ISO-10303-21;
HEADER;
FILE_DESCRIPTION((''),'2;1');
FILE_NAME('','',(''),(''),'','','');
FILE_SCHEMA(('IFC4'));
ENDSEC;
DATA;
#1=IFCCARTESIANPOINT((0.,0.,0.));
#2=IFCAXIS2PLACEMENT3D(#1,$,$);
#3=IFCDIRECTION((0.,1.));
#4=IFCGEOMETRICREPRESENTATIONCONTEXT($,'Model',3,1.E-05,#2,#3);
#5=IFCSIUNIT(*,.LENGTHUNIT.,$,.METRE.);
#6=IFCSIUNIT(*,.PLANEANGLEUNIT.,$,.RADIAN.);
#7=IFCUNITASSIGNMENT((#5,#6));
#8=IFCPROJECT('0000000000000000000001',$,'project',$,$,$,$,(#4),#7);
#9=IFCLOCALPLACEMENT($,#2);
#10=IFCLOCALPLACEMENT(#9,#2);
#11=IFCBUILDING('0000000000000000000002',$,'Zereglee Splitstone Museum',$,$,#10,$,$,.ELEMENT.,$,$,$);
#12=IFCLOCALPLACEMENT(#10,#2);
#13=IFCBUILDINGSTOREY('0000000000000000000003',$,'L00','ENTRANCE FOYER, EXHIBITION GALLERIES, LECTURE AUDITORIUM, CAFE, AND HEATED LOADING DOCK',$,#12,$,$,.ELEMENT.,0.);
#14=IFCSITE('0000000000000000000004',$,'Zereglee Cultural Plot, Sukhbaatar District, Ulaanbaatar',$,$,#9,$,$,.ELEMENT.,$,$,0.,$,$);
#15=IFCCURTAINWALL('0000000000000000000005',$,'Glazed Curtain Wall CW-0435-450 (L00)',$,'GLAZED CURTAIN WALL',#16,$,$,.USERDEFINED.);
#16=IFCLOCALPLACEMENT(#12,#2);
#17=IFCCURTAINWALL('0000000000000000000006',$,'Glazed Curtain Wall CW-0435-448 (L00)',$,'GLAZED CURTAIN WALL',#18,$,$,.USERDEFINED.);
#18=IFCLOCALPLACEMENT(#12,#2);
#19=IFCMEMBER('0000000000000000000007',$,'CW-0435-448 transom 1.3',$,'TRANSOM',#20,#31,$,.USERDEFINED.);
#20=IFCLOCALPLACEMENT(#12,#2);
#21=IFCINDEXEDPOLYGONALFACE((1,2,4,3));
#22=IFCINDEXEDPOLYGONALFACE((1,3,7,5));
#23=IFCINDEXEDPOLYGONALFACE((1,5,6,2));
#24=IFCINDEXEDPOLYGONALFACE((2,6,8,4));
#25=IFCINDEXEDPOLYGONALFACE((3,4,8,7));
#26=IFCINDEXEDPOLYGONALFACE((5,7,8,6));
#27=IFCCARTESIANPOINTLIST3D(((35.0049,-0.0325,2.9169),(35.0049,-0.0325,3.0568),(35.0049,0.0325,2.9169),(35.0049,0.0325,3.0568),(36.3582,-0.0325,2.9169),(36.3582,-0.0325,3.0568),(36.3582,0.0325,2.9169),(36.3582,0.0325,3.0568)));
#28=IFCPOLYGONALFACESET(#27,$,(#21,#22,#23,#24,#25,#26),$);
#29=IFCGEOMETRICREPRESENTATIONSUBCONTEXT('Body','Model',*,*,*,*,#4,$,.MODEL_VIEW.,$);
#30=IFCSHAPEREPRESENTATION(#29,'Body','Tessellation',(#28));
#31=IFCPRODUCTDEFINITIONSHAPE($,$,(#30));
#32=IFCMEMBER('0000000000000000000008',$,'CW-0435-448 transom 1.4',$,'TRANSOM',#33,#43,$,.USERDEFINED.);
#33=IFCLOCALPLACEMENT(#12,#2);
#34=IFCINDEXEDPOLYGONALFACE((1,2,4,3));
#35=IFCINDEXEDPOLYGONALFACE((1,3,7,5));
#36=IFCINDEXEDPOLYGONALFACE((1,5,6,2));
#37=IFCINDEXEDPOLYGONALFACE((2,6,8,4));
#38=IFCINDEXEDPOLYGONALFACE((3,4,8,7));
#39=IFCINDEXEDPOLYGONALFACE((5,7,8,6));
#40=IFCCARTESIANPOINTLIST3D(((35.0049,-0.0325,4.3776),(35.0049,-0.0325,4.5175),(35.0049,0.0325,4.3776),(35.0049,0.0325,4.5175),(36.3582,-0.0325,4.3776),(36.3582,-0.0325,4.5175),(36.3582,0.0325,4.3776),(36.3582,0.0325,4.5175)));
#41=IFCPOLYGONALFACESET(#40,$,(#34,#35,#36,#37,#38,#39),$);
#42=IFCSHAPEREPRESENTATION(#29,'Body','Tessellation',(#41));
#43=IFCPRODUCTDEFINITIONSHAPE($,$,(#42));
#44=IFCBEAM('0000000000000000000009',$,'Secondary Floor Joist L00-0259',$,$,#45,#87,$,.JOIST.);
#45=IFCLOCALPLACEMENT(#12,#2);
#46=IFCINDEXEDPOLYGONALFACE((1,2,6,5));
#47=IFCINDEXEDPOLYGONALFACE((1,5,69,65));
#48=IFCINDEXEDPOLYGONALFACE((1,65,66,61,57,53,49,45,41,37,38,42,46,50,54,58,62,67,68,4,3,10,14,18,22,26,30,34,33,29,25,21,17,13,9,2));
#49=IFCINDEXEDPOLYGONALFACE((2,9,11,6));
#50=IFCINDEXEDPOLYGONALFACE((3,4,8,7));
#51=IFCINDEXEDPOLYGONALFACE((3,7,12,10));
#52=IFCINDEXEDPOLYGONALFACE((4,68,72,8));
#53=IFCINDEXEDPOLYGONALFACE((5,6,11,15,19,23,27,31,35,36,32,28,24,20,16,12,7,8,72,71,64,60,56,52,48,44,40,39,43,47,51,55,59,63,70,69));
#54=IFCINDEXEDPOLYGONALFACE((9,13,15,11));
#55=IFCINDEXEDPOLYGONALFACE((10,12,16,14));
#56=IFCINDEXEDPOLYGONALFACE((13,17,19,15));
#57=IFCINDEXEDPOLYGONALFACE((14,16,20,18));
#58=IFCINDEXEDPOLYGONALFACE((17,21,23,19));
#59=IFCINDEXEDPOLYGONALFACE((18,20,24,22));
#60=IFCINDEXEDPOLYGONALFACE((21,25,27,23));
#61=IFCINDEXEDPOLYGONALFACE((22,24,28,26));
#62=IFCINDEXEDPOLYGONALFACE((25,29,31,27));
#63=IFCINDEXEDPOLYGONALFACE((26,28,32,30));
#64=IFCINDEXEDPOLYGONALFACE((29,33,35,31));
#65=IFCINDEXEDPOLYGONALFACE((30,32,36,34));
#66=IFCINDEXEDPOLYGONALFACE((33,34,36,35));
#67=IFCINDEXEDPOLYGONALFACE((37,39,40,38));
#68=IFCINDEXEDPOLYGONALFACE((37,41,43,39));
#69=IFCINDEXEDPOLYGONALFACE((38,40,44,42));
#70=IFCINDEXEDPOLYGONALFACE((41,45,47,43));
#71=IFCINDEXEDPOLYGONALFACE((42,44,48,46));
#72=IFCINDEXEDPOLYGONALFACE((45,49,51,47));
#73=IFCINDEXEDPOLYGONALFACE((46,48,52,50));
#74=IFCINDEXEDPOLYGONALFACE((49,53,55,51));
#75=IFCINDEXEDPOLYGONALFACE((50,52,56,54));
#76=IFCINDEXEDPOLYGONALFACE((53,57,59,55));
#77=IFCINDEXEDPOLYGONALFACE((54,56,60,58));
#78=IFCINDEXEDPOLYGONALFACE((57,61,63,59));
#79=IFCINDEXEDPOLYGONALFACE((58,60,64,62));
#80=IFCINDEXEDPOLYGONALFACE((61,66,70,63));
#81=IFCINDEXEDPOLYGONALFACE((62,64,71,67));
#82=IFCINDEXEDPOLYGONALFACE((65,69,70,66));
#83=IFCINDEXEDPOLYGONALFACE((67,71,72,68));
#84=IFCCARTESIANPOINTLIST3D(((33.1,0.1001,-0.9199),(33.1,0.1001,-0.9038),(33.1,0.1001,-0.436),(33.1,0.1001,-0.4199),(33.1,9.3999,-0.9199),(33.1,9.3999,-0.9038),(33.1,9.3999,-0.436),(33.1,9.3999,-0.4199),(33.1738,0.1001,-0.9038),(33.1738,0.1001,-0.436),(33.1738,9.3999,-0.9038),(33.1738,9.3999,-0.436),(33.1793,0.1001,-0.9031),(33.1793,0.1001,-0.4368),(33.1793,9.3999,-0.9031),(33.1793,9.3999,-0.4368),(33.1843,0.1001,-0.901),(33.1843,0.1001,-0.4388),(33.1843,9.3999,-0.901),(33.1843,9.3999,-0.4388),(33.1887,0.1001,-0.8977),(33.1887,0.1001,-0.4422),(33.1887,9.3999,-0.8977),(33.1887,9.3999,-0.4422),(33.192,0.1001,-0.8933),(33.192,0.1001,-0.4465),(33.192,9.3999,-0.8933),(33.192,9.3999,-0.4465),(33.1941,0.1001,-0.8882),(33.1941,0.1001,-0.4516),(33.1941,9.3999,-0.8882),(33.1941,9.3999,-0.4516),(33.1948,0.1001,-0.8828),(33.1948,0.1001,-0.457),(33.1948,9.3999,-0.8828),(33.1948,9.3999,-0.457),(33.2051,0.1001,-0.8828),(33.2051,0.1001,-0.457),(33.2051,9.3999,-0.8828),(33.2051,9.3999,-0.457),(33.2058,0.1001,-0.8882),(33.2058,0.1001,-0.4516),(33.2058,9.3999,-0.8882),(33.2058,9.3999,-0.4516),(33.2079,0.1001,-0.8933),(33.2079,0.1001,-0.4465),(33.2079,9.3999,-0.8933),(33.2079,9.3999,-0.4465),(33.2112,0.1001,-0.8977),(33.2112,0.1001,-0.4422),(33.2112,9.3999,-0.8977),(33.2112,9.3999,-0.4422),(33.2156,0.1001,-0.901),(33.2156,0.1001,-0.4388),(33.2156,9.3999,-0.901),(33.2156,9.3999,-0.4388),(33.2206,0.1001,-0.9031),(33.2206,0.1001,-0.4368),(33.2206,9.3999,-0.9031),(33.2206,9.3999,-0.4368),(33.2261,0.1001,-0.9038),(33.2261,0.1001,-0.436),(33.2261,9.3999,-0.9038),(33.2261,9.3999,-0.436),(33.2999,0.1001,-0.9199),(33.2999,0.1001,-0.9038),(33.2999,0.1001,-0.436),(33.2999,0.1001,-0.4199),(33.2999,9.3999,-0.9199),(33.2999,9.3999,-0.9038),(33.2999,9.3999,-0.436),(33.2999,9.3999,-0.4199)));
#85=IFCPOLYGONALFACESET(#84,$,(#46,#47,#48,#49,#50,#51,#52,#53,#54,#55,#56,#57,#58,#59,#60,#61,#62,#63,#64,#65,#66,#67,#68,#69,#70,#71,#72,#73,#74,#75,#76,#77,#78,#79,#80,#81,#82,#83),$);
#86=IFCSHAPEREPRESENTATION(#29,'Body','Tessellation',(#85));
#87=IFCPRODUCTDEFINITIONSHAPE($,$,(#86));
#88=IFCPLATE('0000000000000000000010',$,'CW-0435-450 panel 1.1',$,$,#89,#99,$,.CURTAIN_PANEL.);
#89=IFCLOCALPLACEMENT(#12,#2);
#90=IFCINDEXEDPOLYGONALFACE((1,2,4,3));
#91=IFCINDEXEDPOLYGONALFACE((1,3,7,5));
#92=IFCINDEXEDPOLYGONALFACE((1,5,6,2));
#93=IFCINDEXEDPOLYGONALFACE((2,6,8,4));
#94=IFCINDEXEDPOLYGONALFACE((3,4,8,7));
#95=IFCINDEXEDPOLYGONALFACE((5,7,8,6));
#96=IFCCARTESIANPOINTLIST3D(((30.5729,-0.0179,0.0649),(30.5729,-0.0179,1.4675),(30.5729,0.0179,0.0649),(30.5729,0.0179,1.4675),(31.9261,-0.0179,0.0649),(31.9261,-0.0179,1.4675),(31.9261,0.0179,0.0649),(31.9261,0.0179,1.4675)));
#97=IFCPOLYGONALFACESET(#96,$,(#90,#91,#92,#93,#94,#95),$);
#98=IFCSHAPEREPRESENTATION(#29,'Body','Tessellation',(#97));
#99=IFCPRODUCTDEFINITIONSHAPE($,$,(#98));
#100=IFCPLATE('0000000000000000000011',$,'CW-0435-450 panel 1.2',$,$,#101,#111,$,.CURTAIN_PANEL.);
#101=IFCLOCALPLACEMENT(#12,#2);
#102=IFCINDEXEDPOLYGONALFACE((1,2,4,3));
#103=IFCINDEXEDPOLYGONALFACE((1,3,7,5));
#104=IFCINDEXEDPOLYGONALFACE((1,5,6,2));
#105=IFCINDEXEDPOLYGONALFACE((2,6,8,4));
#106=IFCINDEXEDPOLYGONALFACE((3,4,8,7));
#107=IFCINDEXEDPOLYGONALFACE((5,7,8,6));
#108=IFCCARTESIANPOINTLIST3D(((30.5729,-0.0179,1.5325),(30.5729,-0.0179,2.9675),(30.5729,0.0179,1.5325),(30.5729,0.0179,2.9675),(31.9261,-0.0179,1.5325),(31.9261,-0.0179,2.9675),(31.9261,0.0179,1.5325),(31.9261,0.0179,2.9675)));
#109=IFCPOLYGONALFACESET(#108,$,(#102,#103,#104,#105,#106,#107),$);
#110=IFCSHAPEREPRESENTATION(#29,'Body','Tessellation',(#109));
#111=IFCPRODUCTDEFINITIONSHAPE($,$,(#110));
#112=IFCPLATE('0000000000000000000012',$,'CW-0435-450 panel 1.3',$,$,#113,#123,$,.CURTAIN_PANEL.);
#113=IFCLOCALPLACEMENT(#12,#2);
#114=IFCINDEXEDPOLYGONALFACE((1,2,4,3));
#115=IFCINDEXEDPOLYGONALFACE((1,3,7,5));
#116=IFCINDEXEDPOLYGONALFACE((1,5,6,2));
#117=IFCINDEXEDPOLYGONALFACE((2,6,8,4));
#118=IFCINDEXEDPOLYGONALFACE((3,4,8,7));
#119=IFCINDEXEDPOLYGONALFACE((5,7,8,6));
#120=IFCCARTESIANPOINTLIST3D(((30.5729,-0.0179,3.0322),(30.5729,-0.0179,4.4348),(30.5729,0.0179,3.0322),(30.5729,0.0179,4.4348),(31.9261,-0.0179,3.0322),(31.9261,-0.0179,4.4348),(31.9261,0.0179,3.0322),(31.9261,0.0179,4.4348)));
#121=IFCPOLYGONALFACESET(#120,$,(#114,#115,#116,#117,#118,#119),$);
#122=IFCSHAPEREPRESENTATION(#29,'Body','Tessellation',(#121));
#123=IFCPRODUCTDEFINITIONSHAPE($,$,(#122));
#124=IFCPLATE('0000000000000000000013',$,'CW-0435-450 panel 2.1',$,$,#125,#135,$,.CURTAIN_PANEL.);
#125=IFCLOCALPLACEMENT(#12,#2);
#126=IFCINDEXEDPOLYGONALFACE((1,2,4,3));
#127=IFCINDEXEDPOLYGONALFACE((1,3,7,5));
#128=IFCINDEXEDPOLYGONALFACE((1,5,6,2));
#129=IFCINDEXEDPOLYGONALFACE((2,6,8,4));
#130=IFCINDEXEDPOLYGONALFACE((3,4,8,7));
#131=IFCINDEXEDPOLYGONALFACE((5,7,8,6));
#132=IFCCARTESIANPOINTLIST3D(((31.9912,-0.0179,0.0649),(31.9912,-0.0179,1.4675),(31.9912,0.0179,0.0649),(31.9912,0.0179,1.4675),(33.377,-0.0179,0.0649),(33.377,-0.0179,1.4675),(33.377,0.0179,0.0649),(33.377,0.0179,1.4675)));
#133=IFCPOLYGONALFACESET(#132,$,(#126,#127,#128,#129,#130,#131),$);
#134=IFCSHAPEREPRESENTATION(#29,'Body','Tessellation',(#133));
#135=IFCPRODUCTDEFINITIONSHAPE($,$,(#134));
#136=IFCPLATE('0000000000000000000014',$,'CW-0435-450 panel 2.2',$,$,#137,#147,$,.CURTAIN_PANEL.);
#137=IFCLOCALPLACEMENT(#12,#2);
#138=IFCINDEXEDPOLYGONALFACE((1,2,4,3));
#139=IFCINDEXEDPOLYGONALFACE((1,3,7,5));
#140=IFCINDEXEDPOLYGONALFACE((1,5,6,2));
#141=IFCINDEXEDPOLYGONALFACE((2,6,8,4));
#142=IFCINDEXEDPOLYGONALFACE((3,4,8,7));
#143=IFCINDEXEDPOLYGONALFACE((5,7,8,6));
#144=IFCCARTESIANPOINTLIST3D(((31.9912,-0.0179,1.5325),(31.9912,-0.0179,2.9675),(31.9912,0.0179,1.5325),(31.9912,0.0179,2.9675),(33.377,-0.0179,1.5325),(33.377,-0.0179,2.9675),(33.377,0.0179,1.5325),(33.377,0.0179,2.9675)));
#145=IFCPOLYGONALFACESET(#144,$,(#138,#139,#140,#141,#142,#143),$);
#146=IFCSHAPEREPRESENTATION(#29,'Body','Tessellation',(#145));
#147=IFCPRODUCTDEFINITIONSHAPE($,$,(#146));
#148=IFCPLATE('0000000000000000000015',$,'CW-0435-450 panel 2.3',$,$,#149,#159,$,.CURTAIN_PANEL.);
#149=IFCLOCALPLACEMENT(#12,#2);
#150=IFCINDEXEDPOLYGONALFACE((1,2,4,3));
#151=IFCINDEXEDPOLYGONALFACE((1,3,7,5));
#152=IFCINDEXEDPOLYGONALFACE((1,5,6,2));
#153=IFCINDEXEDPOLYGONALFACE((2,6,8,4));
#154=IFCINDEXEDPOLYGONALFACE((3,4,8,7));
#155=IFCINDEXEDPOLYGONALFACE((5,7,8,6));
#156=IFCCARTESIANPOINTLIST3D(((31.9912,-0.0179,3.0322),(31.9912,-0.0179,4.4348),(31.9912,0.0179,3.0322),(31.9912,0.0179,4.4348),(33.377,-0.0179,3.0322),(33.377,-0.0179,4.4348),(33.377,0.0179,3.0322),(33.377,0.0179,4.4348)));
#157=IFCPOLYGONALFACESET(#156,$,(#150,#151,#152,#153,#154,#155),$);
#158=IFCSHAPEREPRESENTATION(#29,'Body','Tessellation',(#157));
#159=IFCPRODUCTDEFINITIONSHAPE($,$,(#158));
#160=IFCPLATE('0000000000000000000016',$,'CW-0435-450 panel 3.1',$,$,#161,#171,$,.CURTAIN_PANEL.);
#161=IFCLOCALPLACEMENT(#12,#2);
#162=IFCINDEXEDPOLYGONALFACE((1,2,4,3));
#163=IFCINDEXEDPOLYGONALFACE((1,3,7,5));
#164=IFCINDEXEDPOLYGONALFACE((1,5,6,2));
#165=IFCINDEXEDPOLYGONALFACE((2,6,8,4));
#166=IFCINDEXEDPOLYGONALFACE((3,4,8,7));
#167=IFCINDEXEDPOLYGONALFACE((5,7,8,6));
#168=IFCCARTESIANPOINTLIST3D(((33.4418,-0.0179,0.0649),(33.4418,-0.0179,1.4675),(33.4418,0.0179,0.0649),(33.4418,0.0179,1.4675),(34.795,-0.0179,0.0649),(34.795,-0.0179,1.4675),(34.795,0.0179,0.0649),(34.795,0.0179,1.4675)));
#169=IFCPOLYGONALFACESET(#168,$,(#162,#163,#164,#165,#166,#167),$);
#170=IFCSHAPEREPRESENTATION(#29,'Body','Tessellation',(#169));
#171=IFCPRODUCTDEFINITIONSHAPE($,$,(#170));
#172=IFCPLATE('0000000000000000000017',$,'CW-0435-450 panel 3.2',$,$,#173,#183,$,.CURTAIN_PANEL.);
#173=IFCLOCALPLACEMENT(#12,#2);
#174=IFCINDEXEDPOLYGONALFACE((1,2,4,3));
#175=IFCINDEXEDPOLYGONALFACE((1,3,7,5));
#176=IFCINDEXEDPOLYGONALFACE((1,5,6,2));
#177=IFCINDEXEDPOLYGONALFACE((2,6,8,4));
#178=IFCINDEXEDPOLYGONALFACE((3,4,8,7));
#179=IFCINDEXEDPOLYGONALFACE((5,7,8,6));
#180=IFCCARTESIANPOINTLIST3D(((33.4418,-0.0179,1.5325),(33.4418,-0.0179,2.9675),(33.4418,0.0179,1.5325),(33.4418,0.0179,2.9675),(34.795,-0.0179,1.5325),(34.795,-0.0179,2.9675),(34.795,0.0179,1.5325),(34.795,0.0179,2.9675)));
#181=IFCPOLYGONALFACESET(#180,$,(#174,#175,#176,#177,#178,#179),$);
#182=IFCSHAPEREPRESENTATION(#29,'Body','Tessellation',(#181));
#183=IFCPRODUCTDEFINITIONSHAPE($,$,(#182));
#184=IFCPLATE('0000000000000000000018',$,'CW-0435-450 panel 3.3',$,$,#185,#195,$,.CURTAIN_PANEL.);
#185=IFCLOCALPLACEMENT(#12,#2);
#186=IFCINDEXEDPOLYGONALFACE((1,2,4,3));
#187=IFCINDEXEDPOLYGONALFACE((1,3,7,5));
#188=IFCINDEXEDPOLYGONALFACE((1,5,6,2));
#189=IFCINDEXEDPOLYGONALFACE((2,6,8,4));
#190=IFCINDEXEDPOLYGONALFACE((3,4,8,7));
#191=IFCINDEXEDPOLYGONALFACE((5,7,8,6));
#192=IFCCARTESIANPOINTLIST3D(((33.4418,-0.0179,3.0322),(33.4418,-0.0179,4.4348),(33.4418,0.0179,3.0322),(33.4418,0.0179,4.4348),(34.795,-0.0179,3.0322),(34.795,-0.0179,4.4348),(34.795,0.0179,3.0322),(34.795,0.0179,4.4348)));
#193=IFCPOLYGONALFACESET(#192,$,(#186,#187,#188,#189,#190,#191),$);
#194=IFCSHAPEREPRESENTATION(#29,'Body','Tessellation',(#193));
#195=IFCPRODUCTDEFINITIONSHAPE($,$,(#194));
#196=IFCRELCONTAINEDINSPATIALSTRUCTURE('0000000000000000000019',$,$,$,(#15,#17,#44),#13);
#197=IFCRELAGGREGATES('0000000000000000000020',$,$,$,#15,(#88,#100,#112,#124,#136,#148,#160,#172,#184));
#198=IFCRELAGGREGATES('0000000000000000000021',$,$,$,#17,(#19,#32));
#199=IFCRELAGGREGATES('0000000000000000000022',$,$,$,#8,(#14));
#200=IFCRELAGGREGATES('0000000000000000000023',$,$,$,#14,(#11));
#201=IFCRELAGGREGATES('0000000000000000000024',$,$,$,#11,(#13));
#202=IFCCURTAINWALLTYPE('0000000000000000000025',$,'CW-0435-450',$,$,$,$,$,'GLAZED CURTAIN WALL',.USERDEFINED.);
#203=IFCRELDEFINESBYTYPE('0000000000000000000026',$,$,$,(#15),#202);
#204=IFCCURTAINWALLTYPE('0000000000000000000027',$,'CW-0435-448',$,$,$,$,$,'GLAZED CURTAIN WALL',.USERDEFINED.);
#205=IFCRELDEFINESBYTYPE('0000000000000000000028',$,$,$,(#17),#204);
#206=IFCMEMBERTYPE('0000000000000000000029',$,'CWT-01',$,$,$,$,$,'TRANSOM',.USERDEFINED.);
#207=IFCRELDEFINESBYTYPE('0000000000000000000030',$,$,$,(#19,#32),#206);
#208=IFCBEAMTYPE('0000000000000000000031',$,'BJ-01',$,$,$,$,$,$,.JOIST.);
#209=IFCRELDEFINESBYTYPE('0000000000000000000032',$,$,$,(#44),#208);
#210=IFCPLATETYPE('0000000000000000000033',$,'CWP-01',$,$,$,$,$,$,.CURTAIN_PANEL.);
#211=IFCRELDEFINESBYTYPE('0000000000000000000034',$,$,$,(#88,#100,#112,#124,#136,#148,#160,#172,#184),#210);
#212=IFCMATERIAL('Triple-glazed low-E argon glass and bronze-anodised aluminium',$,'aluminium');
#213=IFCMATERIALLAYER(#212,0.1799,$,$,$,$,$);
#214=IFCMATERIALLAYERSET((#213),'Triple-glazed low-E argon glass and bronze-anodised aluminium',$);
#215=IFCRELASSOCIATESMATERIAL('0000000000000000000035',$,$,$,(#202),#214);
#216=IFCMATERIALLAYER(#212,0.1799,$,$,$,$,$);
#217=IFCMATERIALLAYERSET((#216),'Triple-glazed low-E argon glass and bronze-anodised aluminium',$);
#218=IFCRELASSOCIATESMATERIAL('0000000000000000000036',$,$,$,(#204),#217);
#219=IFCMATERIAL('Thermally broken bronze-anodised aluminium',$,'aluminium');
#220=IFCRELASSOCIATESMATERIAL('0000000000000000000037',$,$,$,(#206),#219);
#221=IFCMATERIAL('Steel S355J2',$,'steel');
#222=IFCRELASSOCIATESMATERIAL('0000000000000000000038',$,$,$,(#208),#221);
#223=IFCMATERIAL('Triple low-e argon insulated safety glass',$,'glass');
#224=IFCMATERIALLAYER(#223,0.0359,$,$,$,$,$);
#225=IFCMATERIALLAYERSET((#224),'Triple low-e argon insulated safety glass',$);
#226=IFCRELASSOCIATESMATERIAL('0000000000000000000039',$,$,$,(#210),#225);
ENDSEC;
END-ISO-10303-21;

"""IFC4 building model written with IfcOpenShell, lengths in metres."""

from ifc_helpers import new_model, si_unit, direction, frame, origin, origin_2d, place, context, subcontext, project, spatial, rectangle, i_section, extrude, material, layer, layer_set, material_profile, profile_set, type_object, element, aggregate, save


model = new_model("IFC4")

# Units and contexts
model_context = context("Model", 3, precision=1e-05, world=origin(), true_north=direction((0.0, 1.0)))
body_context = subcontext(model_context, "Body", "Model", "MODEL_VIEW")
ifc_project = project(units=[si_unit("LENGTHUNIT", "METRE"), si_unit("PLANEANGLEUNIT", "RADIAN")], contexts=[model_context])

# Site, building, storey
site_placement = place(None, origin())
site = spatial("IfcSite", under=ifc_project, at=site_placement, Name="Zereglee Cultural Plot, Sukhbaatar District, Ulaanbaatar", CompositionType="ELEMENT", RefElevation=0.0)
building_placement = place(site_placement, origin())
building = spatial("IfcBuilding", under=site, at=building_placement, Name="Zereglee Splitstone Museum", CompositionType="ELEMENT")
storey_placement = place(building_placement, origin())
storey = spatial("IfcBuildingStorey", under=building, at=storey_placement, Name="L00", Description="ENTRANCE FOYER, EXHIBITION GALLERIES, LECTURE AUDITORIUM, CAFE, AND HEATED LOADING DOCK", CompositionType="ELEMENT", Elevation=0.0)

# Curtain wall
ifc_material_1 = material(Name="Triple-glazed low-E argon glass and bronze-anodised aluminium", Category="aluminium")
ifc_layer_1 = layer(ifc_material_1, 0.1799)
ifc_layer_set_1 = layer_set([ifc_layer_1], Name="Triple-glazed low-E argon glass and bronze-anodised aluminium")
curtain_wall_type_1 = type_object("IfcCurtainWallType", Name="CW-0435-450", ElementType="GLAZED CURTAIN WALL", PredefinedType="USERDEFINED", material=ifc_layer_set_1)
curtain_wall_1_placement = place(storey_placement, origin())
curtain_wall_1 = element("IfcCurtainWall", 1, at=curtain_wall_1_placement, inside=storey, type_object=curtain_wall_type_1, Name="Glazed Curtain Wall CW-0435-450 (L00)", ObjectType="GLAZED CURTAIN WALL", PredefinedType="USERDEFINED")
ifc_material_2 = material(Name="Thermally broken bronze-anodised aluminium", Category="aluminium")

# Curtain wall
ifc_layer_2 = layer(ifc_material_1, 0.1799)
ifc_layer_set_2 = layer_set([ifc_layer_2], Name="Triple-glazed low-E argon glass and bronze-anodised aluminium")
curtain_wall_type_2 = type_object("IfcCurtainWallType", Name="CW-0435-448", ElementType="GLAZED CURTAIN WALL", PredefinedType="USERDEFINED", material=ifc_layer_set_2)
curtain_wall_2_placement = place(storey_placement, origin())
curtain_wall_2 = element("IfcCurtainWall", 2, at=curtain_wall_2_placement, inside=storey, type_object=curtain_wall_type_2, Name="Glazed Curtain Wall CW-0435-448 (L00)", ObjectType="GLAZED CURTAIN WALL", PredefinedType="USERDEFINED")

# Members
ifc_material_profile_1 = material_profile(ifc_material_2, rectangle(XDim=0.0649, YDim=0.1399, at=origin_2d()), Name="CW TRAN 65x140")
ifc_profile_set_1 = profile_set([ifc_material_profile_1], Name="Thermally broken bronze-anodised aluminium")
member_type_1 = type_object("IfcMemberType", Name="CWT-01", ElementType="TRANSOM", PredefinedType="USERDEFINED", material=ifc_profile_set_1)
member_1_placement = place(storey_placement, frame((35.0049, 0.0, 2.9868), z_axis=(1.0, 0.0, 0.0), x_axis=(0.0, 1.0, 0.0)))
member_1 = element("IfcMember", 3, at=member_1_placement, type_object=member_type_1, Name="CW-0435-448 transom 1.3", ObjectType="TRANSOM", PredefinedType="USERDEFINED", context=body_context, shape_type="SweptSolid", body=[
    extrude(rectangle(XDim=0.0649, YDim=0.1399, at=origin_2d()), origin(), (0.0, 0.0, 1.0), 1.3533),
])
member_2_placement = place(storey_placement, frame((35.0049, 0.0, 4.4475), z_axis=(1.0, 0.0, 0.0), x_axis=(0.0, 1.0, 0.0)))
member_2 = element("IfcMember", 4, at=member_2_placement, type_object=member_type_1, Name="CW-0435-448 transom 1.4", ObjectType="TRANSOM", PredefinedType="USERDEFINED", context=body_context, shape_type="SweptSolid", body=[
    extrude(rectangle(XDim=0.0649, YDim=0.1399, at=origin_2d()), origin(), (0.0, 0.0, 1.0), 1.3533),
])

# Beam
ifc_material_3 = material(Name="Steel S355J2", Category="steel")
ifc_material_profile_2 = material_profile(ifc_material_3, i_section(OverallWidth=0.2, OverallDepth=0.5, WebThickness=0.0103, FlangeThickness=0.0161, FilletRadius=0.021, at=origin_2d()), Name="IPE 500")
ifc_profile_set_2 = profile_set([ifc_material_profile_2], Name="Steel S355J2")
beam_type = type_object("IfcBeamType", Name="BJ-01", PredefinedType="JOIST", material=ifc_profile_set_2)
beam_placement = place(storey_placement, frame((33.2, 0.1001, -0.6699), z_axis=(0.0, 1.0, 0.0), x_axis=(-1.0, 0.0, 0.0)))
element("IfcBeam", 5, at=beam_placement, inside=storey, type_object=beam_type, Name="Secondary Floor Joist L00-0259", PredefinedType="JOIST", context=body_context, shape_type="SweptSolid", body=[
    extrude(i_section(OverallWidth=0.2, OverallDepth=0.5, WebThickness=0.0103, FlangeThickness=0.0161, FilletRadius=0.021, at=origin_2d()), origin(), (0.0, 0.0, 1.0), 9.2998),
])

# Plates
ifc_material_4 = material(Name="Triple low-e argon insulated safety glass", Category="glass")
ifc_layer_3 = layer(ifc_material_4, 0.0359)
ifc_layer_set_3 = layer_set([ifc_layer_3], Name="Triple low-e argon insulated safety glass")
plate_type = type_object("IfcPlateType", Name="CWP-01", PredefinedType="CURTAIN_PANEL", material=ifc_layer_set_3)
plate_1_placement = place(storey_placement, frame((31.2495, 0.0, 0.0649), z_axis=(0.0, 0.0, 1.0), x_axis=(1.0, 0.0, 0.0)))
plate_1 = element("IfcPlate", 6, at=plate_1_placement, type_object=plate_type, Name="CW-0435-450 panel 1.1", PredefinedType="CURTAIN_PANEL", context=body_context, shape_type="SweptSolid", body=[
    extrude(rectangle(XDim=1.3533, YDim=0.0359, at=origin_2d()), origin(), (0.0, 0.0, 1.0), 1.4026),
])
plate_2_placement = place(storey_placement, frame((31.2495, 0.0, 1.5325), z_axis=(0.0, 0.0, 1.0), x_axis=(1.0, 0.0, 0.0)))
plate_2 = element("IfcPlate", 7, at=plate_2_placement, type_object=plate_type, Name="CW-0435-450 panel 1.2", PredefinedType="CURTAIN_PANEL", context=body_context, shape_type="SweptSolid", body=[
    extrude(rectangle(XDim=1.3533, YDim=0.0359, at=origin_2d()), origin(), (0.0, 0.0, 1.0), 1.4351),
])
plate_3_placement = place(storey_placement, frame((31.2495, 0.0, 3.0322), z_axis=(0.0, 0.0, 1.0), x_axis=(1.0, 0.0, 0.0)))
plate_3 = element("IfcPlate", 8, at=plate_3_placement, type_object=plate_type, Name="CW-0435-450 panel 1.3", PredefinedType="CURTAIN_PANEL", context=body_context, shape_type="SweptSolid", body=[
    extrude(rectangle(XDim=1.3533, YDim=0.0359, at=origin_2d()), origin(), (0.0, 0.0, 1.0), 1.4026),
])
plate_4_placement = place(storey_placement, frame((32.6841, 0.0, 0.0649), z_axis=(0.0, 0.0, 1.0), x_axis=(1.0, 0.0, 0.0)))
plate_4 = element("IfcPlate", 9, at=plate_4_placement, type_object=plate_type, Name="CW-0435-450 panel 2.1", PredefinedType="CURTAIN_PANEL", context=body_context, shape_type="SweptSolid", body=[
    extrude(rectangle(XDim=1.3857, YDim=0.0359, at=origin_2d()), origin(), (0.0, 0.0, 1.0), 1.4026),
])
plate_5_placement = place(storey_placement, frame((32.6841, 0.0, 1.5325), z_axis=(0.0, 0.0, 1.0), x_axis=(1.0, 0.0, 0.0)))
plate_5 = element("IfcPlate", 10, at=plate_5_placement, type_object=plate_type, Name="CW-0435-450 panel 2.2", PredefinedType="CURTAIN_PANEL", context=body_context, shape_type="SweptSolid", body=[
    extrude(rectangle(XDim=1.3857, YDim=0.0359, at=origin_2d()), origin(), (0.0, 0.0, 1.0), 1.4351),
])
plate_6_placement = place(storey_placement, frame((32.6841, 0.0, 3.0322), z_axis=(0.0, 0.0, 1.0), x_axis=(1.0, 0.0, 0.0)))
plate_6 = element("IfcPlate", 11, at=plate_6_placement, type_object=plate_type, Name="CW-0435-450 panel 2.3", PredefinedType="CURTAIN_PANEL", context=body_context, shape_type="SweptSolid", body=[
    extrude(rectangle(XDim=1.3857, YDim=0.0359, at=origin_2d()), origin(), (0.0, 0.0, 1.0), 1.4026),
])
plate_7_placement = place(storey_placement, frame((34.1184, 0.0, 0.0649), z_axis=(0.0, 0.0, 1.0), x_axis=(1.0, 0.0, 0.0)))
plate_7 = element("IfcPlate", 12, at=plate_7_placement, type_object=plate_type, Name="CW-0435-450 panel 3.1", PredefinedType="CURTAIN_PANEL", context=body_context, shape_type="SweptSolid", body=[
    extrude(rectangle(XDim=1.3533, YDim=0.0359, at=origin_2d()), origin(), (0.0, 0.0, 1.0), 1.4026),
])
plate_8_placement = place(storey_placement, frame((34.1184, 0.0, 1.5325), z_axis=(0.0, 0.0, 1.0), x_axis=(1.0, 0.0, 0.0)))
plate_8 = element("IfcPlate", 13, at=plate_8_placement, type_object=plate_type, Name="CW-0435-450 panel 3.2", PredefinedType="CURTAIN_PANEL", context=body_context, shape_type="SweptSolid", body=[
    extrude(rectangle(XDim=1.3533, YDim=0.0359, at=origin_2d()), origin(), (0.0, 0.0, 1.0), 1.4351),
])
plate_9_placement = place(storey_placement, frame((34.1184, 0.0, 3.0322), z_axis=(0.0, 0.0, 1.0), x_axis=(1.0, 0.0, 0.0)))
plate_9 = element("IfcPlate", 14, at=plate_9_placement, type_object=plate_type, Name="CW-0435-450 panel 3.3", PredefinedType="CURTAIN_PANEL", context=body_context, shape_type="SweptSolid", body=[
    extrude(rectangle(XDim=1.3533, YDim=0.0359, at=origin_2d()), origin(), (0.0, 0.0, 1.0), 1.4026),
])
aggregate(curtain_wall_1, [plate_1, plate_2, plate_3, plate_4, plate_5, plate_6, plate_7, plate_8, plate_9])
aggregate(curtain_wall_2, [member_1, member_2])

save(model, "model.ifc")
